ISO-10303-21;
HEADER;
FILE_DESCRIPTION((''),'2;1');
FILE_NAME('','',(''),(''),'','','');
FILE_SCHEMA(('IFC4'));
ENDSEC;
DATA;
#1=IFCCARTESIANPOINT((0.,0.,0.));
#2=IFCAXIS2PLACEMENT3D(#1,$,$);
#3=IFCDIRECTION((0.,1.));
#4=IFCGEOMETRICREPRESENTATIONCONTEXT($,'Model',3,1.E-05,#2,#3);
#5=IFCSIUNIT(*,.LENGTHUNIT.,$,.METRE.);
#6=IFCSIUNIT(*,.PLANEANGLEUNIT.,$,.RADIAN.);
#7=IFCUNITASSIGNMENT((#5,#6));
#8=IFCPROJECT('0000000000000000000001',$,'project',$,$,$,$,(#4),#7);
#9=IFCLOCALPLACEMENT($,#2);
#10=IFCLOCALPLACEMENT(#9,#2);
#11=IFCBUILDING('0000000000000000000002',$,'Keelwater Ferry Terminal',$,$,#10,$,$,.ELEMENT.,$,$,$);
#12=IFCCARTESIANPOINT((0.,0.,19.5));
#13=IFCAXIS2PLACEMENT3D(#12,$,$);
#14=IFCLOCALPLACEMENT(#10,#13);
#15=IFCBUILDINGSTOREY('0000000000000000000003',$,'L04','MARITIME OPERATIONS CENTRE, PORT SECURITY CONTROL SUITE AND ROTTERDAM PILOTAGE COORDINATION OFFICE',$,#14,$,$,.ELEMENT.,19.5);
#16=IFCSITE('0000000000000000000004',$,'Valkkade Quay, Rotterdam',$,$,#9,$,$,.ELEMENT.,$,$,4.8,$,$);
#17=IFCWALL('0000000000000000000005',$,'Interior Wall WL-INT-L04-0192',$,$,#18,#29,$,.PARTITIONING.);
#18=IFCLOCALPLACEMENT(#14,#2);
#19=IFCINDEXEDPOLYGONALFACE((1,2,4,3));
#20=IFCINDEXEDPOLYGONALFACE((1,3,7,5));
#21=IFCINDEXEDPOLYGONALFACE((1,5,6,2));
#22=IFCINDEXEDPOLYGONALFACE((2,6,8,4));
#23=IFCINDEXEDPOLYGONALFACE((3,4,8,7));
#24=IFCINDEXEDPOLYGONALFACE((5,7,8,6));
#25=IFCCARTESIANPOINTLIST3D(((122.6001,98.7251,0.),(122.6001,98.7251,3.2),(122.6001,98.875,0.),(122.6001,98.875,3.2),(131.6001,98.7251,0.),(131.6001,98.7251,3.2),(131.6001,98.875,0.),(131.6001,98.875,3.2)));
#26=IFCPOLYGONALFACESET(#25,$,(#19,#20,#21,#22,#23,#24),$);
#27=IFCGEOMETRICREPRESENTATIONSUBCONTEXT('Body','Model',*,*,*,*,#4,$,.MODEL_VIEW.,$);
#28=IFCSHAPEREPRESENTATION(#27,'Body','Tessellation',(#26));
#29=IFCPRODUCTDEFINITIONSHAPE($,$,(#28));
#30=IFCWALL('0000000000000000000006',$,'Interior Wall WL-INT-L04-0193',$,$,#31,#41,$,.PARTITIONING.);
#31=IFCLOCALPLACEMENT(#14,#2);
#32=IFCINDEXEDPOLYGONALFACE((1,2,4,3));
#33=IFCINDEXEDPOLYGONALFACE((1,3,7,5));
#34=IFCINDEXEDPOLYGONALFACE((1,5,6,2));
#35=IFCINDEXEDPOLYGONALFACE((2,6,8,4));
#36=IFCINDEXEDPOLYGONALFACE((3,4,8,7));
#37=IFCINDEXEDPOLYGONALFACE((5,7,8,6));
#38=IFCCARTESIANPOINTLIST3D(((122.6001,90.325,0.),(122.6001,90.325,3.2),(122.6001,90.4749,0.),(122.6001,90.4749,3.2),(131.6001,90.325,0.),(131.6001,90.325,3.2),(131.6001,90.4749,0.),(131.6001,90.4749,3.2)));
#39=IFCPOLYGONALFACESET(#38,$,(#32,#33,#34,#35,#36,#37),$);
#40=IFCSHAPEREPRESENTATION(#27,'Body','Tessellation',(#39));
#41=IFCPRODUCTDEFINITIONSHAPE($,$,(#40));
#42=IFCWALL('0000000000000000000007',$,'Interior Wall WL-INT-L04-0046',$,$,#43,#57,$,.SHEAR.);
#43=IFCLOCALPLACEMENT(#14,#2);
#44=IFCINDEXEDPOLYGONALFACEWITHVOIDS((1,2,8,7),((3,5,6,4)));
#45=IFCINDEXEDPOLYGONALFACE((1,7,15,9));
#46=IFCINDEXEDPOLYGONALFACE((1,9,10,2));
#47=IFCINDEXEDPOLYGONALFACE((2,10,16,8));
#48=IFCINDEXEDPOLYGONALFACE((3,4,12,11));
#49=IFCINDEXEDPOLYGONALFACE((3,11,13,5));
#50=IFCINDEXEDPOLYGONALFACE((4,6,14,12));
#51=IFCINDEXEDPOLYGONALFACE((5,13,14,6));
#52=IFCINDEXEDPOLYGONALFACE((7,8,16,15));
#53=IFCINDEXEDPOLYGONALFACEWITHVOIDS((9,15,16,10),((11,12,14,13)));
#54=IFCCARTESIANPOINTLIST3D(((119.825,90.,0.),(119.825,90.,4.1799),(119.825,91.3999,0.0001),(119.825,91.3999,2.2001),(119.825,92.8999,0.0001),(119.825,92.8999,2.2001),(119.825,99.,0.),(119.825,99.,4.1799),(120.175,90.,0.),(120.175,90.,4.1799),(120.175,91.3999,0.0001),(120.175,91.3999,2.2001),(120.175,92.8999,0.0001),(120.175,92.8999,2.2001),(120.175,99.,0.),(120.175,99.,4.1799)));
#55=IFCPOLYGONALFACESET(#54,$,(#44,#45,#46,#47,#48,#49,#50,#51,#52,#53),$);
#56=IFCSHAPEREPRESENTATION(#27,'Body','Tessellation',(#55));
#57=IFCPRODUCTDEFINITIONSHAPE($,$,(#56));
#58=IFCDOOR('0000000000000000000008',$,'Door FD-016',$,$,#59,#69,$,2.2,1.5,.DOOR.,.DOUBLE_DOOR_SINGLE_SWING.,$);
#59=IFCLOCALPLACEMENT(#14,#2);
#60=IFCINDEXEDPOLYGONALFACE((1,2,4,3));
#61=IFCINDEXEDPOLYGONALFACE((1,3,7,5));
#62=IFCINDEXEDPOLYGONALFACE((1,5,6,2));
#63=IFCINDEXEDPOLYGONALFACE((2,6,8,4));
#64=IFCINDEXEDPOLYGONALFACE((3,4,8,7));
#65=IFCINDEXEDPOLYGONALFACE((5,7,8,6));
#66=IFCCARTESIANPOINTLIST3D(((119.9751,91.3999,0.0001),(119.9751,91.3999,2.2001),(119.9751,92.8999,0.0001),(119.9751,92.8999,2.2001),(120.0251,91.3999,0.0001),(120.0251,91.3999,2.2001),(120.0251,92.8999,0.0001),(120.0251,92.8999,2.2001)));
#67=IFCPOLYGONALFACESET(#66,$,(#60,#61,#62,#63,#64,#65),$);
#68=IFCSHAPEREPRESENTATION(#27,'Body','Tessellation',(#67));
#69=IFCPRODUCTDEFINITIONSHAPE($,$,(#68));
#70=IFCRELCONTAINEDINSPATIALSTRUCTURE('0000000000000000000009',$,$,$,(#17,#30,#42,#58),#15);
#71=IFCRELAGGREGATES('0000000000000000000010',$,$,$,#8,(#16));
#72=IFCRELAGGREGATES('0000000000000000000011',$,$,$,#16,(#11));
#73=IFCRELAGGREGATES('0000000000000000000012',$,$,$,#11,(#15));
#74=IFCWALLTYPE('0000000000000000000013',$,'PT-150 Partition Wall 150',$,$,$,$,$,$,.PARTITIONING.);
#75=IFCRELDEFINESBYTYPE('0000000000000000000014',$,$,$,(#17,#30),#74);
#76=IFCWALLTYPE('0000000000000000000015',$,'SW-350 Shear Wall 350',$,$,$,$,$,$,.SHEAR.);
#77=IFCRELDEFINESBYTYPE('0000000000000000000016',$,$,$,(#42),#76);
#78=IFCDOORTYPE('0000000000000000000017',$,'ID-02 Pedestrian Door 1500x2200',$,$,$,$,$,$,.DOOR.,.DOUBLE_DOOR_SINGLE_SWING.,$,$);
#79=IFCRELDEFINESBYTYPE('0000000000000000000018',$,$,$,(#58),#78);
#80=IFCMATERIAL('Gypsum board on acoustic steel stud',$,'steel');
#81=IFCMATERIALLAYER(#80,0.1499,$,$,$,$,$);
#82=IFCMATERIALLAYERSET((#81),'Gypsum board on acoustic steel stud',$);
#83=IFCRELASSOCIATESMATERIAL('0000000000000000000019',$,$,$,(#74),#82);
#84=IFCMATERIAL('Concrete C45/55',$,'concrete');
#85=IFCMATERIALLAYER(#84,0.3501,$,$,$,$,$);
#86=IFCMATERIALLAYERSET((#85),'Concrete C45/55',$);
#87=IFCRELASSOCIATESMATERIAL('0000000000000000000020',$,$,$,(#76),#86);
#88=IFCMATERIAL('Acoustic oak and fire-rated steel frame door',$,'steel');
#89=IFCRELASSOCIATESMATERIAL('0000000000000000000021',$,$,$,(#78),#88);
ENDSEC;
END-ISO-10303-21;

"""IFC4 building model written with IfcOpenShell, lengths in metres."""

from ifc_helpers import new_model, si_unit, direction, frame, frame_2d, origin, place, context, subcontext, project, spatial, rectangle, extrude, material, layer, layer_set, type_object, element, fill, save


model = new_model("IFC4")

# Units and contexts
model_context = context("Model", 3, precision=1e-05, world=origin(), true_north=direction((0.0, 1.0)))
body_context = subcontext(model_context, "Body", "Model", "MODEL_VIEW")
ifc_project = project(units=[si_unit("LENGTHUNIT", "METRE"), si_unit("PLANEANGLEUNIT", "RADIAN")], contexts=[model_context])

# Site, building, storey
site_placement = place(None, origin())
site = spatial("IfcSite", under=ifc_project, at=site_placement, Name="Valkkade Quay, Rotterdam", CompositionType="ELEMENT", RefElevation=4.8)
building_placement = place(site_placement, origin())
building = spatial("IfcBuilding", under=site, at=building_placement, Name="Keelwater Ferry Terminal", CompositionType="ELEMENT")
storey_placement = place(building_placement, frame((0.0, 0.0, 19.5)))
storey = spatial("IfcBuildingStorey", under=building, at=storey_placement, Name="L04", Description="MARITIME OPERATIONS CENTRE, PORT SECURITY CONTROL SUITE AND ROTTERDAM PILOTAGE COORDINATION OFFICE", CompositionType="ELEMENT", Elevation=19.5)

# Shared definitions
ifc_material_1 = material(Name="Gypsum board on acoustic steel stud", Category="steel")
ifc_layer_1 = layer(ifc_material_1, 0.1499)
ifc_layer_set_1 = layer_set([ifc_layer_1], Name="Gypsum board on acoustic steel stud")
wall_type_1 = type_object("IfcWallType", Name="PT-150 Partition Wall 150", PredefinedType="PARTITIONING", material=ifc_layer_set_1)

# Walls
for number, where, z_axis, x_axis, name in (
    (1, (122.6001, 98.8, 0.0), (0.0, 0.0, 1.0), (1.0, 0.0, 0.0), "Interior Wall WL-INT-L04-0192"),
    (2, (122.6001, 90.3999, 0.0), (0.0, 0.0, 1.0), (1.0, 0.0, 0.0), "Interior Wall WL-INT-L04-0193"),
):
    element("IfcWall", number, at=place(storey_placement, frame(where, z_axis=z_axis, x_axis=x_axis)), inside=storey, type_object=wall_type_1, Name=name, PredefinedType="PARTITIONING", context=body_context, shape_type="SweptSolid", body=[
        extrude(rectangle(XDim=9.0, YDim=0.1499, at=frame_2d((4.5, 0.0))), origin(), (0.0, 0.0, 1.0), 3.2),
    ])

# Wall, opening, door
ifc_material_2 = material(Name="Concrete C45/55", Category="concrete")
ifc_layer_2 = layer(ifc_material_2, 0.3501)
ifc_layer_set_2 = layer_set([ifc_layer_2], Name="Concrete C45/55")
wall_type_2 = type_object("IfcWallType", Name="SW-350 Shear Wall 350", PredefinedType="SHEAR", material=ifc_layer_set_2)
wall_1_placement = place(storey_placement, frame((120.0, 90.0, 0.0), z_axis=(0.0, 0.0, 1.0), x_axis=(0.0, 1.0, 0.0)))
wall_1 = element("IfcWall", 3, at=wall_1_placement, inside=storey, type_object=wall_type_2, Name="Interior Wall WL-INT-L04-0046", PredefinedType="SHEAR", context=body_context, shape_type="SweptSolid", body=[
    extrude(rectangle(XDim=9.0, YDim=0.3501, at=frame_2d((4.5, 0.0))), origin(), (0.0, 0.0, 1.0), 4.1799),
])
opening_1_placement = place(wall_1_placement, frame((1.3999, 0.0, 0.0)))
opening_1 = element("IfcOpeningElement", 4, at=opening_1_placement, cuts=wall_1, PredefinedType="OPENING", context=body_context, shape_type="SweptSolid", body=[
    extrude(rectangle(XDim=1.5, YDim=2.2, at=frame_2d((0.75, 1.1001))), frame((0.0, 0.1851, 0.0), z_axis=(0.0, -1.0, 0.0), x_axis=(1.0, 0.0, 0.0)), (0.0, 0.0, 1.0), 0.3701),
])
ifc_material_3 = material(Name="Acoustic oak and fire-rated steel frame door", Category="steel")
door_type_1 = type_object("IfcDoorType", Name="ID-02 Pedestrian Door 1500x2200", OperationType="DOUBLE_DOOR_SINGLE_SWING", PredefinedType="DOOR", material=ifc_material_3)
door_1_placement = place(opening_1_placement, origin())
door_1 = element("IfcDoor", 5, at=door_1_placement, inside=storey, type_object=door_type_1, Name="Door FD-016", OperationType="DOUBLE_DOOR_SINGLE_SWING", OverallHeight=2.2, OverallWidth=1.5, PredefinedType="DOOR", context=body_context, shape_type="SweptSolid", body=[
    extrude(rectangle(XDim=1.5, YDim=2.2, at=frame_2d((0.75, 1.1001))), frame((0.0, 0.0249, 0.0), z_axis=(0.0, -1.0, 0.0), x_axis=(1.0, 0.0, 0.0)), (0.0, 0.0, 1.0), 0.05),
])
fill(opening_1, door_1)

save(model, "model.ifc")
